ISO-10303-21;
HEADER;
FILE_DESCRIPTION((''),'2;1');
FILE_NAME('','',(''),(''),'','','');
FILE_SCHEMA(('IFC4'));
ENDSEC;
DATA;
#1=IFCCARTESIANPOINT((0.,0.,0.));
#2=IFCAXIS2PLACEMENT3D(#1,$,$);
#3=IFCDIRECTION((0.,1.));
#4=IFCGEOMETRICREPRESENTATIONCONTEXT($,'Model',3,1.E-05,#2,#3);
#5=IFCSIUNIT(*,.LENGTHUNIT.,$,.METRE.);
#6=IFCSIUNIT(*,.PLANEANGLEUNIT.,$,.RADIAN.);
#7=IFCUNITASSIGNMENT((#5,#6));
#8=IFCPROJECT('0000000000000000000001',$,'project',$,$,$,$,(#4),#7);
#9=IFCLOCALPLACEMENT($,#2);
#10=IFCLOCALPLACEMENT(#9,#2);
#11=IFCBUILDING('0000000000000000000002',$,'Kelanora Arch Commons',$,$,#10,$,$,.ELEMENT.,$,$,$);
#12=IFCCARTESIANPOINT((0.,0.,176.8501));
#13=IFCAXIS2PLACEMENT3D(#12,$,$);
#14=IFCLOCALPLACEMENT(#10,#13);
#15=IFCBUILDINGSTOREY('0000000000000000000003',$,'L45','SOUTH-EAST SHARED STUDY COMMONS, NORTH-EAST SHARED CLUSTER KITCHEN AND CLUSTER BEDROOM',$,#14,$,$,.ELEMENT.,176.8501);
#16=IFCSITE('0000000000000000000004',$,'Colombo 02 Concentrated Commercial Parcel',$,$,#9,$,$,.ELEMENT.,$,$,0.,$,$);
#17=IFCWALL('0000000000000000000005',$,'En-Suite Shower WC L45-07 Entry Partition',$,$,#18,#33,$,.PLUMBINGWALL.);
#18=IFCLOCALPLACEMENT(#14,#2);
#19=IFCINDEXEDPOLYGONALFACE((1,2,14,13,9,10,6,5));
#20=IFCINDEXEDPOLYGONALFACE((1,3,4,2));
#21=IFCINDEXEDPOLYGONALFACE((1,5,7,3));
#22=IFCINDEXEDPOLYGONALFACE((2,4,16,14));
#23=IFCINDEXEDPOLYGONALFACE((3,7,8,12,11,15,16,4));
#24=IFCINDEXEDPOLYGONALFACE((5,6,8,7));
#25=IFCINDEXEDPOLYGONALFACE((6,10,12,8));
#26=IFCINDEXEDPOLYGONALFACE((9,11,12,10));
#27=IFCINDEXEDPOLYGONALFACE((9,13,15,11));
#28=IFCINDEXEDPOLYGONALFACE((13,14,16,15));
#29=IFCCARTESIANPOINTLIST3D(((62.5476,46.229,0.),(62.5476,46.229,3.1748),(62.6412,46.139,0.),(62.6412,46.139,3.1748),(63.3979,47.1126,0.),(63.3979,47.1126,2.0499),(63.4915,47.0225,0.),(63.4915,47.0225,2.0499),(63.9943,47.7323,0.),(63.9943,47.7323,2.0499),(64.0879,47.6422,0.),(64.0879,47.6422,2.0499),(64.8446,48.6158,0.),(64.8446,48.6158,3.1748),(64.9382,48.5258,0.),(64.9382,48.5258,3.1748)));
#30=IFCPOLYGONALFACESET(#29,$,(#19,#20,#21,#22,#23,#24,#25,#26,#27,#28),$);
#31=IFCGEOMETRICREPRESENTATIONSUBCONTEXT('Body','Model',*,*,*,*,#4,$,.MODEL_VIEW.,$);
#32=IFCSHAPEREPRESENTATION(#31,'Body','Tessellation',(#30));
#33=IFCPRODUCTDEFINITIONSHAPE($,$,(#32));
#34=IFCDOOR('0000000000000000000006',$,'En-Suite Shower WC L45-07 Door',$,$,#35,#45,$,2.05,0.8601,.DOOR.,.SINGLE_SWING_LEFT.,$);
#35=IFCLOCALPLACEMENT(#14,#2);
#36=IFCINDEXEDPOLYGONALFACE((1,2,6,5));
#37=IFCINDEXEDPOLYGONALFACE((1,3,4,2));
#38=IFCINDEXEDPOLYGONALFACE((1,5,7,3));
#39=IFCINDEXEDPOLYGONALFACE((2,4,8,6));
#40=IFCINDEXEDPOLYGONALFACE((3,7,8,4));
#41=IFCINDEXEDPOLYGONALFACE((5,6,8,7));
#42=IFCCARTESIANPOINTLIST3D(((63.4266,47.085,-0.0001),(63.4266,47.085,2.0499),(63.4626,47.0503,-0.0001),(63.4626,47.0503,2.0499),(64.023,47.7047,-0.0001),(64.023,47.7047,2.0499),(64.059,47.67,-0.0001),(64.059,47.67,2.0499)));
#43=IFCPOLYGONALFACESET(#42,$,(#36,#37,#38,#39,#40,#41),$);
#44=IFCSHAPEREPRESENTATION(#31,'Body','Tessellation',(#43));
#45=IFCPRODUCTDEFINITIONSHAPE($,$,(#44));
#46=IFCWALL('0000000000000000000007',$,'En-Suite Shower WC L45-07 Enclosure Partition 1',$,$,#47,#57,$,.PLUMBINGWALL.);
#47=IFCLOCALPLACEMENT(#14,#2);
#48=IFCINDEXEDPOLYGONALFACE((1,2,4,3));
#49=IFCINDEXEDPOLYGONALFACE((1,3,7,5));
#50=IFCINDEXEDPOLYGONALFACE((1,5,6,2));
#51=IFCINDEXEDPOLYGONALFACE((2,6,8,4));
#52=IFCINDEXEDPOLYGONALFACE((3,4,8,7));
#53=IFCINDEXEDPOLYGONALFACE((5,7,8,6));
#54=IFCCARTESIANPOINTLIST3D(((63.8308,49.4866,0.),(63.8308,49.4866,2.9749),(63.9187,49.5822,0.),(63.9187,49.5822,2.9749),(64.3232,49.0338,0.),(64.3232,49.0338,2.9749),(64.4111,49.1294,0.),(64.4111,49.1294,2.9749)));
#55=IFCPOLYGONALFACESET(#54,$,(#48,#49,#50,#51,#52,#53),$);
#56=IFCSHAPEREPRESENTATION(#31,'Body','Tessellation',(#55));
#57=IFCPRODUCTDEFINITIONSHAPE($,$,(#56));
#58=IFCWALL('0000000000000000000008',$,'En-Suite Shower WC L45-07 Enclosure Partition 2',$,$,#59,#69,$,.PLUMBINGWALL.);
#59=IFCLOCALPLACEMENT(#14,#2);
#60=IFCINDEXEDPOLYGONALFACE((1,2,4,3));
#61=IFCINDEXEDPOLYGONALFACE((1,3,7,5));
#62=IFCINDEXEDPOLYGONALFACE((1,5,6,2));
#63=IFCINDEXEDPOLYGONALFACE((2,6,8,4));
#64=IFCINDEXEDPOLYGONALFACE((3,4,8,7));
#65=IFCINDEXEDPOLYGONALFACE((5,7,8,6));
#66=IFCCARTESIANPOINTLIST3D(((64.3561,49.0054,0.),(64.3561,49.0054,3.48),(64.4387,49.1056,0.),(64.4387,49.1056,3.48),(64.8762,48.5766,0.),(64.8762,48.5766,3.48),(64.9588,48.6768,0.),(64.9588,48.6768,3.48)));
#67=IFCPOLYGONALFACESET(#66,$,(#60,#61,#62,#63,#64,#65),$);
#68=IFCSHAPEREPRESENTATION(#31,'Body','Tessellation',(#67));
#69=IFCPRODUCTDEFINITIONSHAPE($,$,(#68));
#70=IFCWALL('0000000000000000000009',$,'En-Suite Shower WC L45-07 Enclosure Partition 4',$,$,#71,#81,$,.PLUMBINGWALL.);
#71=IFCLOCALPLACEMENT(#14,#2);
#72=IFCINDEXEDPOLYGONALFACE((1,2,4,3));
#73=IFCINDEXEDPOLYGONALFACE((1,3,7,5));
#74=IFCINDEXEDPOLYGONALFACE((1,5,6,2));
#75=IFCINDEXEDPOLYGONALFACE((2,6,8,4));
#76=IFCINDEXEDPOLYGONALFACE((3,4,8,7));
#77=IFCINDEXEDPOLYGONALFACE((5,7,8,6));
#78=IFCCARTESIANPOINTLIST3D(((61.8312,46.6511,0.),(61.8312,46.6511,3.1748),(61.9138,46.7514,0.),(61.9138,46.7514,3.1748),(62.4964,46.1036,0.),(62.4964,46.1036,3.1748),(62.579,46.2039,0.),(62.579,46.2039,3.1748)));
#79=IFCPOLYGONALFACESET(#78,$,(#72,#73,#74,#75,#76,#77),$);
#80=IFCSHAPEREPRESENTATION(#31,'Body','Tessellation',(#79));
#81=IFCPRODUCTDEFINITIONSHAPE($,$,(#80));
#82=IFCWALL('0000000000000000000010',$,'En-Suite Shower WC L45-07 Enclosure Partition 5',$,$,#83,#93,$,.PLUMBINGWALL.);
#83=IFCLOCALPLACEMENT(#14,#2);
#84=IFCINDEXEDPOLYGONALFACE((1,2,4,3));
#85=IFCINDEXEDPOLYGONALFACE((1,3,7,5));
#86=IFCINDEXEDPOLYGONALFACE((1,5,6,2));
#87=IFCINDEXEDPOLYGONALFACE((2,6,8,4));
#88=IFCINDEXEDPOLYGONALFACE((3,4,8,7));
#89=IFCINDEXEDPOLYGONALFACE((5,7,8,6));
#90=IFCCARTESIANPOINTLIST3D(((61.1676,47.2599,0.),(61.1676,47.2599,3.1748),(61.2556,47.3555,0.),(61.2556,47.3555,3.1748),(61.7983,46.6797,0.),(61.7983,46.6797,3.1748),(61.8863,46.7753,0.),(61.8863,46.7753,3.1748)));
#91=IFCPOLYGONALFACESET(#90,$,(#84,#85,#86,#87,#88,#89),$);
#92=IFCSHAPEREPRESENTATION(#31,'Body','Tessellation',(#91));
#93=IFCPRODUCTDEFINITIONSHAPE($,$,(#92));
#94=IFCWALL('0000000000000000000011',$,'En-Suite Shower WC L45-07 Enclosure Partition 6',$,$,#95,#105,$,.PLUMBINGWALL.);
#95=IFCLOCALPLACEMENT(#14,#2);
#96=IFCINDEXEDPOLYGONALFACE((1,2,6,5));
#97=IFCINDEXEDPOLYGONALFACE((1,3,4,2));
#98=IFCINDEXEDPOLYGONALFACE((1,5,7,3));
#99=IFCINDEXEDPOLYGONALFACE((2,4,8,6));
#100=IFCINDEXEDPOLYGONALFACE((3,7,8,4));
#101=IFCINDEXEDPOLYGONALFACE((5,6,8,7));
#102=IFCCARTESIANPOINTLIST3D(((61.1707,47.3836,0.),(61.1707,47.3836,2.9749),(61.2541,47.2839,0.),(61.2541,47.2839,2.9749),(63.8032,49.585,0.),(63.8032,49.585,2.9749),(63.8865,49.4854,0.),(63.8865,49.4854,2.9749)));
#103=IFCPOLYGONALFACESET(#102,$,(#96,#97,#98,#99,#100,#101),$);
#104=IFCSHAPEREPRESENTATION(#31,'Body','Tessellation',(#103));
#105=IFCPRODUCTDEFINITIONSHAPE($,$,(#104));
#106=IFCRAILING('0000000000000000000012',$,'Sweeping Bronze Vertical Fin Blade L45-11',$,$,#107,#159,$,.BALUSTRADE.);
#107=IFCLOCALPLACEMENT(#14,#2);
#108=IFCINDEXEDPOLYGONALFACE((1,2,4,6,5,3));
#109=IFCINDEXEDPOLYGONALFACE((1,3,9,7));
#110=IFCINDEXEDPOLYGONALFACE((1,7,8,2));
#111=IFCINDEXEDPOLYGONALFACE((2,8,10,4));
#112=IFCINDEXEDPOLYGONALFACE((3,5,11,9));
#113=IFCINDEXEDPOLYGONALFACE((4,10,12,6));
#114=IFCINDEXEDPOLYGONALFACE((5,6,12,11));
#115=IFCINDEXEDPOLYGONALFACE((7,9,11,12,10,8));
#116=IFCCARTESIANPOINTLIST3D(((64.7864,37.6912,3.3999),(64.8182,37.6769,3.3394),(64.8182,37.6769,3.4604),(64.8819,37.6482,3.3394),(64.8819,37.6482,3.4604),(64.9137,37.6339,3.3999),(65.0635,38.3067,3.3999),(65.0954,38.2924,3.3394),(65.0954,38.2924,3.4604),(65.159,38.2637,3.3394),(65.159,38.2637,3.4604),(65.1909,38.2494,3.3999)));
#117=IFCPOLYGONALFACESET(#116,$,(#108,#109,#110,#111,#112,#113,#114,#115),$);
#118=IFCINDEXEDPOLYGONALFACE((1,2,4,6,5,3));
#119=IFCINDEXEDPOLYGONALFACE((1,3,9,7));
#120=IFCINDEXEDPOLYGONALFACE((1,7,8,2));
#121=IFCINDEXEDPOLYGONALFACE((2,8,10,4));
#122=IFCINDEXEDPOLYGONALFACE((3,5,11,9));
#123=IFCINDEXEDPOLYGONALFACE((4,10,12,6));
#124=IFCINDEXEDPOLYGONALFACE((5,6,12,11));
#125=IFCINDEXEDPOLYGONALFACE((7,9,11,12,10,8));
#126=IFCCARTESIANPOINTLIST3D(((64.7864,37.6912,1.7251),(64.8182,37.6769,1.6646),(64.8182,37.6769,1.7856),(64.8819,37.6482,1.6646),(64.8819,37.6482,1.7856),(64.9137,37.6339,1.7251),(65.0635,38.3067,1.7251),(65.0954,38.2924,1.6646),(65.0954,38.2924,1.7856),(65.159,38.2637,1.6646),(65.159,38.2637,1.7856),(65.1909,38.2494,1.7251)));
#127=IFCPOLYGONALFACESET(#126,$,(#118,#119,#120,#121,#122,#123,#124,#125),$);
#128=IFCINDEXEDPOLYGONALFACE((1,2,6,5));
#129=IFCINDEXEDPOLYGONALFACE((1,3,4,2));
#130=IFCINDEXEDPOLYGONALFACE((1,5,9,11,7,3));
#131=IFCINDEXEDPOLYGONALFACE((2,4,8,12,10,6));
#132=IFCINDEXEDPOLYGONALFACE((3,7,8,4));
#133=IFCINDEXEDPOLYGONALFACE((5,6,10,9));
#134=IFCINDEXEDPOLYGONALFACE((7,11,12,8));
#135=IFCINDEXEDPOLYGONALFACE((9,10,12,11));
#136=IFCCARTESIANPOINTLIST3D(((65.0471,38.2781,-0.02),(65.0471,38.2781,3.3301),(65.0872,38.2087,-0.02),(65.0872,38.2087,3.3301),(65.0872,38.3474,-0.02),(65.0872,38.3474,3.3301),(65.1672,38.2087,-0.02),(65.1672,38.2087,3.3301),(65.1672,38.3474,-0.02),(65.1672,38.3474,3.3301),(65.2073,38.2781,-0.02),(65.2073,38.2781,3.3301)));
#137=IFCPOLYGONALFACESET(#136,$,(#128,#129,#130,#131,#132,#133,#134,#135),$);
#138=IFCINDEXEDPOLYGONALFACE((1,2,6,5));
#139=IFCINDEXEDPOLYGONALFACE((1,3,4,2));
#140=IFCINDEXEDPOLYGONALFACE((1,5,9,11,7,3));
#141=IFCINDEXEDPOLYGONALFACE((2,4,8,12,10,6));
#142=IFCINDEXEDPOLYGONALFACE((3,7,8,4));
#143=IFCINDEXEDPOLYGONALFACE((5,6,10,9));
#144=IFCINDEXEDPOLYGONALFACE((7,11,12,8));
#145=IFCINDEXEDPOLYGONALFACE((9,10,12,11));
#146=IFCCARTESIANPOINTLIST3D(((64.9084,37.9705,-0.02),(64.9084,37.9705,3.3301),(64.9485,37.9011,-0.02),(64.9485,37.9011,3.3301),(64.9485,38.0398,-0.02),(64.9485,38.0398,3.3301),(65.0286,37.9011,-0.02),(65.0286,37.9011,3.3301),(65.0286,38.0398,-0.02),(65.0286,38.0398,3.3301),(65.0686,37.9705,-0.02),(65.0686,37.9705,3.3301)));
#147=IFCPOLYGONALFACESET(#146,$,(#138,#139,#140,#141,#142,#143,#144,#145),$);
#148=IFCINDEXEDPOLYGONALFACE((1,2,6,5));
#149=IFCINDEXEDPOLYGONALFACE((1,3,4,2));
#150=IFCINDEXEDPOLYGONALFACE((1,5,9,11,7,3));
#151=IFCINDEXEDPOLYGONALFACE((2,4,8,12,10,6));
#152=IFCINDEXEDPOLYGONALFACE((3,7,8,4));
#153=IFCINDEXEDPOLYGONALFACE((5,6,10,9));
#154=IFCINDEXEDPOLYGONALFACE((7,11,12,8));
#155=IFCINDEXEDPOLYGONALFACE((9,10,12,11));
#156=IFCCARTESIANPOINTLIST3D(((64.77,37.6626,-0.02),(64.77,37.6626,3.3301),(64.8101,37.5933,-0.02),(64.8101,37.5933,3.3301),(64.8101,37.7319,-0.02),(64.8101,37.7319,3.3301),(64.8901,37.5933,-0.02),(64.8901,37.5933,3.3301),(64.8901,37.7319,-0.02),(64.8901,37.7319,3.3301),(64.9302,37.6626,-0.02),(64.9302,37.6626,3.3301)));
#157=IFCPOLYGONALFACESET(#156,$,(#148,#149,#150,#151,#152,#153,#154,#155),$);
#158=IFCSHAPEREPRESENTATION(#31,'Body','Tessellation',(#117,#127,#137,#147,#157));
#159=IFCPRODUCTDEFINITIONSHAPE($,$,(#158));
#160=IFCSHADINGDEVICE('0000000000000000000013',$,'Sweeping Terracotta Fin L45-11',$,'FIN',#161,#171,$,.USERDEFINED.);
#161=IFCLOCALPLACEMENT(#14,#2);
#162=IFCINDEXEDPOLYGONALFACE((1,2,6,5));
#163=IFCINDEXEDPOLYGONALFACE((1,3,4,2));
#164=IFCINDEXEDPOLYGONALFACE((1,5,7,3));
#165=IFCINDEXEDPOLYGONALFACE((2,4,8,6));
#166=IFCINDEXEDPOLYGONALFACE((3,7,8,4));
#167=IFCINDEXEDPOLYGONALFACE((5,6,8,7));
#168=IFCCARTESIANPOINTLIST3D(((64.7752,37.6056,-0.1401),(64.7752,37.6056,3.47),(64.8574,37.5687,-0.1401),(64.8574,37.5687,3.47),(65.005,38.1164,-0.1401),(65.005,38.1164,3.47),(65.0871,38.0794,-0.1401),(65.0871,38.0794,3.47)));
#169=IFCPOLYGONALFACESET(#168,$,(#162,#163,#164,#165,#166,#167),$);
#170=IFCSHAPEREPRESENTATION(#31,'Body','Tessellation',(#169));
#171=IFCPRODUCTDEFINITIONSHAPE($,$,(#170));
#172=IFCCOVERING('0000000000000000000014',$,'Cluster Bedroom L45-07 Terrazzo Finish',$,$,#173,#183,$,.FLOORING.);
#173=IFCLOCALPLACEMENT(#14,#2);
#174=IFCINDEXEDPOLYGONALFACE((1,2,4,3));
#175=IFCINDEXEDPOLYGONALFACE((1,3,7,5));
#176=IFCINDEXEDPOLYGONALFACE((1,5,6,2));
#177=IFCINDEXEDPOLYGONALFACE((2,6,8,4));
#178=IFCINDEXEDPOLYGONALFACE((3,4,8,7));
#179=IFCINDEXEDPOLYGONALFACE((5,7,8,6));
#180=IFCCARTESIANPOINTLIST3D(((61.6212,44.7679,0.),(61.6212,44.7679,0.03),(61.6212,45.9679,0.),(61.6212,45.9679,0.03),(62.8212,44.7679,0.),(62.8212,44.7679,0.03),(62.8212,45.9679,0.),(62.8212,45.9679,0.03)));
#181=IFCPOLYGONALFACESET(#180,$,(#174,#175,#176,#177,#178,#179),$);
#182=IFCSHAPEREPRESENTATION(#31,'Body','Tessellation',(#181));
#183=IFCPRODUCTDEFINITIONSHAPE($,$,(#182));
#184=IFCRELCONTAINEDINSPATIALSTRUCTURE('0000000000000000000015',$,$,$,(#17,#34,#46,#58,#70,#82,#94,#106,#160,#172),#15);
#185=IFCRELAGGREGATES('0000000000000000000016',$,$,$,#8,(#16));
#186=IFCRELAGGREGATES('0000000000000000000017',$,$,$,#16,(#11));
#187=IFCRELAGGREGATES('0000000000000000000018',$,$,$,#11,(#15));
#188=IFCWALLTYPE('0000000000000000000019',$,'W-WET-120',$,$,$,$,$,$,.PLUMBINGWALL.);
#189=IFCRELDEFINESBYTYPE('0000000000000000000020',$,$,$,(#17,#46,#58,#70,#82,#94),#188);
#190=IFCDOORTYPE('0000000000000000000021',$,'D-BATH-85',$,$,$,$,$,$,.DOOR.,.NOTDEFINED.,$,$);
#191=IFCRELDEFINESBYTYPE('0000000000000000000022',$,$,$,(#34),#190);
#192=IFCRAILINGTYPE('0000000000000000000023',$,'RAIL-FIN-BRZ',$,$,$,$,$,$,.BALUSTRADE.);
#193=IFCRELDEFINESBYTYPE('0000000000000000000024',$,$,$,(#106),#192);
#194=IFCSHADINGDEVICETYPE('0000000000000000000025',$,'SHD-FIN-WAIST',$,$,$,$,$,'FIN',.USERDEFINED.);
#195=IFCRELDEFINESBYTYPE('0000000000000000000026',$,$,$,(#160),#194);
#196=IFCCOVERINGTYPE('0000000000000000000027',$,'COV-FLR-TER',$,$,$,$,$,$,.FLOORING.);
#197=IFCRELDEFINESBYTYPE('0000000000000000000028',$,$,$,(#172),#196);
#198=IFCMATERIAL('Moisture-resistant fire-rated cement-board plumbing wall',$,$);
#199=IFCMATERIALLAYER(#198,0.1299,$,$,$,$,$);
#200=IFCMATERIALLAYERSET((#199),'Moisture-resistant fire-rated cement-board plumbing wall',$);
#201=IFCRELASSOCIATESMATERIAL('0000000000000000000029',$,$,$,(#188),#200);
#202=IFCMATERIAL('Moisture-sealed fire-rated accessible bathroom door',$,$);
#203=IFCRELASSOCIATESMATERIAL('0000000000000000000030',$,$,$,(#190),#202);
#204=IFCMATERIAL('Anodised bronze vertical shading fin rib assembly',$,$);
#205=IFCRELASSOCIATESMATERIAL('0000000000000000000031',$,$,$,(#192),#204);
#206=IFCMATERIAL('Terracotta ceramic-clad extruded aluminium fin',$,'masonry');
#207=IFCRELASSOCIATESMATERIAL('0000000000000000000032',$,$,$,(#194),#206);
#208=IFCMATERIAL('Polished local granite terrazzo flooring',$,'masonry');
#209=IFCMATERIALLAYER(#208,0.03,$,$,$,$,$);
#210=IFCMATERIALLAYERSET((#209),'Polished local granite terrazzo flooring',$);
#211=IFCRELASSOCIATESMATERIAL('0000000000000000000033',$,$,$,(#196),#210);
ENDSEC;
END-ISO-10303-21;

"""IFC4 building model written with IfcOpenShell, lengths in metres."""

from ifc_helpers import new_model, si_unit, direction, frame, frame_2d, origin, origin_2d, place, context, subcontext, project, spatial, polyline, rectangle, outline, extrude, source, transform, mapped, material, layer, layer_set, type_object, element, fill, save


model = new_model("IFC4")

# Units and contexts
model_context = context("Model", 3, precision=1e-05, world=origin(), true_north=direction((0.0, 1.0)))
body_context = subcontext(model_context, "Body", "Model", "MODEL_VIEW")
ifc_project = project(units=[si_unit("LENGTHUNIT", "METRE"), si_unit("PLANEANGLEUNIT", "RADIAN")], contexts=[model_context])

# Site, building, storey
site_placement = place(None, origin())
site = spatial("IfcSite", under=ifc_project, at=site_placement, Name="Colombo 02 Concentrated Commercial Parcel", CompositionType="ELEMENT", RefElevation=0.0)
building_placement = place(site_placement, origin())
building = spatial("IfcBuilding", under=site, at=building_placement, Name="Kelanora Arch Commons", CompositionType="ELEMENT")
storey_placement = place(building_placement, frame((0.0, 0.0, 176.8501)))
storey = spatial("IfcBuildingStorey", under=building, at=storey_placement, Name="L45", Description="SOUTH-EAST SHARED STUDY COMMONS, NORTH-EAST SHARED CLUSTER KITCHEN AND CLUSTER BEDROOM", CompositionType="ELEMENT", Elevation=176.8501)

# Wall, opening, door
ifc_material_1 = material(Name="Moisture-resistant fire-rated cement-board plumbing wall")
ifc_layer_1 = layer(ifc_material_1, 0.1299)
ifc_layer_set_1 = layer_set([ifc_layer_1], Name="Moisture-resistant fire-rated cement-board plumbing wall")
wall_type_1 = type_object("IfcWallType", Name="W-WET-120", PredefinedType="PLUMBINGWALL", material=ifc_layer_set_1)
wall_1_placement = place(storey_placement, frame((64.8914, 48.5708, 0.0), z_axis=(0.0, 0.0, 1.0), x_axis=(-0.693415, -0.720538, 0.0)))
wall_1 = element("IfcWall", 1, at=wall_1_placement, inside=storey, type_object=wall_type_1, Name="En-Suite Shower WC L45-07 Entry Partition", PredefinedType="PLUMBINGWALL", context=body_context, shape_type="SweptSolid", body=[
    extrude(rectangle(XDim=3.3125, YDim=0.1299, at=frame_2d((1.6562, 0.0))), origin(), (0.0, 0.0, 1.0), 3.1748),
])
opening_1_placement = place(wall_1_placement, frame((1.2261, 0.0, 0.0)))
opening_1 = element("IfcOpeningElement", 2, at=opening_1_placement, cuts=wall_1, PredefinedType="OPENING", context=body_context, shape_type="SweptSolid", body=[
    extrude(rectangle(XDim=0.8601, YDim=2.05, at=frame_2d((0.4302, 1.0249))), frame((0.0, 0.075, 0.0), z_axis=(0.0, -1.0, 0.0), x_axis=(1.0, 0.0, 0.0)), (0.0, 0.0, 1.0), 0.1499),
])
ifc_material_2 = material(Name="Moisture-sealed fire-rated accessible bathroom door")
door_type_1 = type_object("IfcDoorType", Name="D-BATH-85", OperationType="NOTDEFINED", PredefinedType="DOOR", material=ifc_material_2)
door_1_placement = place(opening_1_placement, origin())
door_1 = element("IfcDoor", 3, at=door_1_placement, inside=storey, type_object=door_type_1, Name="En-Suite Shower WC L45-07 Door", OperationType="SINGLE_SWING_LEFT", OverallHeight=2.05, OverallWidth=0.8601, PredefinedType="DOOR", context=body_context, shape_type="SweptSolid", body=[
    extrude(rectangle(XDim=0.8601, YDim=2.05, at=frame_2d((0.4302, 1.0249))), frame((0.0, 0.0249, 0.0), z_axis=(0.0, -1.0, 0.0), x_axis=(1.0, 0.0, 0.0)), (0.0, 0.0, 1.0), 0.05),
])
fill(opening_1, door_1)

# Walls
wall_2_placement = place(storey_placement, frame((63.8748, 49.5344, 0.0), z_axis=(0.0, 0.0, 1.0), x_axis=(0.736047, -0.67693, 0.0)))
element("IfcWall", 4, at=wall_2_placement, inside=storey, type_object=wall_type_1, Name="En-Suite Shower WC L45-07 Enclosure Partition 1", PredefinedType="PLUMBINGWALL", context=body_context, shape_type="SweptSolid", body=[
    extrude(rectangle(XDim=0.6689, YDim=0.1299, at=frame_2d((0.3345, 0.0))), origin(), (0.0, 0.0, 1.0), 2.9749),
])
wall_3_placement = place(storey_placement, frame((64.3975, 49.0554, 0.0), z_axis=(0.0, 0.0, 1.0), x_axis=(0.771596, -0.636113, 0.0)))
element("IfcWall", 5, at=wall_3_placement, inside=storey, type_object=wall_type_1, Name="En-Suite Shower WC L45-07 Enclosure Partition 2", PredefinedType="PLUMBINGWALL", context=body_context, shape_type="SweptSolid", body=[
    extrude(rectangle(XDim=0.6741, YDim=0.1299, at=frame_2d((0.3369, 0.0))), origin(), (0.0, 0.0, 1.0), 3.48),
])
wall_4_placement = place(storey_placement, frame((62.5376, 46.1538, 0.0), z_axis=(0.0, 0.0, 1.0), x_axis=(-0.772086, 0.635519, 0.0)))
element("IfcWall", 6, at=wall_4_placement, inside=storey, type_object=wall_type_1, Name="En-Suite Shower WC L45-07 Enclosure Partition 4", PredefinedType="PLUMBINGWALL", context=body_context, shape_type="SweptSolid", body=[
    extrude(rectangle(XDim=0.8616, YDim=0.1299, at=frame_2d((0.4307, 0.0))), origin(), (0.0, 0.0, 1.0), 3.1748),
])
wall_5_placement = place(storey_placement, frame((61.8423, 46.7275, 0.0), z_axis=(0.0, 0.0, 1.0), x_axis=(-0.735982, 0.677001, 0.0)))
element("IfcWall", 7, at=wall_5_placement, inside=storey, type_object=wall_type_1, Name="En-Suite Shower WC L45-07 Enclosure Partition 5", PredefinedType="PLUMBINGWALL", context=body_context, shape_type="SweptSolid", body=[
    extrude(rectangle(XDim=0.8569, YDim=0.1299, at=frame_2d((0.4285, 0.0))), origin(), (0.0, 0.0, 1.0), 3.1748),
])
wall_6_placement = place(storey_placement, frame((61.2124, 47.3337, 0.0), z_axis=(0.0, 0.0, 1.0), x_axis=(0.7671, 0.641527, 0.0)))
element("IfcWall", 8, at=wall_6_placement, inside=storey, type_object=wall_type_1, Name="En-Suite Shower WC L45-07 Enclosure Partition 6", PredefinedType="PLUMBINGWALL", context=body_context, shape_type="SweptSolid", body=[
    extrude(rectangle(XDim=3.4316, YDim=0.1299, at=frame_2d((1.7158, 0.0))), origin(), (0.0, 0.0, 1.0), 2.9749),
])

# Railing
ifc_material_3 = material(Name="Anodised bronze vertical shading fin rib assembly")
railing_type = type_object("IfcRailingType", Name="RAIL-FIN-BRZ", PredefinedType="BALUSTRADE", material=ifc_material_3)
railing_placement = place(storey_placement, frame((65.1272, 38.2781, -0.02)))
element("IfcRailing", 9, at=railing_placement, inside=storey, type_object=railing_type, Name="Sweeping Bronze Vertical Fin Blade L45-11", PredefinedType="BALUSTRADE", context=body_context, shape_type="SweptSolid", body=[
    extrude(outline(polyline([(0.0698, 0.0), (0.0349, 0.0605), (-0.0349, 0.0605), (-0.0698, 0.0), (-0.0349, -0.0605), (0.0349, -0.0605), (0.0698, 0.0)])), frame((0.0, 0.0, 3.4199), z_axis=(-0.41053, -0.911847, 0.0), x_axis=(0.911847, -0.41053, 0.0)), (0.0, 0.0, 1.0), 0.675),
    extrude(outline(polyline([(0.0698, 0.0), (0.0349, 0.0605), (-0.0349, 0.0605), (-0.0698, 0.0), (-0.0349, -0.0605), (0.0349, -0.0605), (0.0698, 0.0)])), frame((0.0, 0.0, 1.7451), z_axis=(-0.41053, -0.911847, 0.0), x_axis=(0.911847, -0.41053, 0.0)), (0.0, 0.0, 1.0), 0.675),
    extrude(outline(polyline([(0.0801, 0.0), (0.04, 0.0693), (-0.04, 0.0693), (-0.0801, 0.0), (-0.04, -0.0693), (0.04, -0.0693), (0.0801, 0.0)])), origin(), (0.0, 0.0, 1.0), 3.3501),
    extrude(outline(polyline([(0.0801, 0.0), (0.04, 0.0693), (-0.04, 0.0693), (-0.0801, 0.0), (-0.04, -0.0693), (0.04, -0.0693), (0.0801, 0.0)])), frame((-0.1387, -0.3076, 0.0)), (0.0, 0.0, 1.0), 3.3501),
    extrude(outline(polyline([(0.0801, 0.0), (0.04, 0.0693), (-0.04, 0.0693), (-0.0801, 0.0), (-0.04, -0.0693), (0.04, -0.0693), (0.0801, 0.0)])), frame((-0.2771, -0.6155, 0.0)), (0.0, 0.0, 1.0), 3.3501),
])

# Shading device
ifc_material_4 = material(Name="Terracotta ceramic-clad extruded aluminium fin", Category="masonry")
shading_device_type = type_object("IfcShadingDeviceType", Name="SHD-FIN-WAIST", ElementType="FIN", PredefinedType="USERDEFINED", material=ifc_material_4)
shared_shape_1 = source(origin(), body_context, "Body", "SweptSolid", [
    extrude(rectangle(XDim=0.5601, YDim=0.0901, at=origin_2d()), origin(), (0.0, 0.0, 1.0), 3.6101),
])
shading_device_placement = place(storey_placement, frame((64.9312, 37.8425, -0.1401), z_axis=(0.0, 0.0, 1.0), x_axis=(-0.410241, -0.911977, 0.0)))
element("IfcShadingDevice", 10, at=shading_device_placement, inside=storey, type_object=shading_device_type, Name="Sweeping Terracotta Fin L45-11", ObjectType="FIN", PredefinedType="USERDEFINED", context=body_context, shape_type="MappedRepresentation", body=[
    mapped(shared_shape_1, transform((0.0, 0.0, 0.0), scale=1.0)),
])

# Covering
ifc_material_5 = material(Name="Polished local granite terrazzo flooring", Category="masonry")
ifc_layer_2 = layer(ifc_material_5, 0.03)
ifc_layer_set_2 = layer_set([ifc_layer_2], Name="Polished local granite terrazzo flooring")
covering_type = type_object("IfcCoveringType", Name="COV-FLR-TER", PredefinedType="FLOORING", material=ifc_layer_set_2)
shared_shape_2 = source(origin(), body_context, "Body", "SweptSolid", [
    extrude(rectangle(XDim=1.2, YDim=1.2, at=origin_2d()), origin(), (0.0, 0.0, 1.0), 0.03),
])
covering_placement = place(storey_placement, frame((62.2212, 45.3679, 0.0), z_axis=(0.0, 0.0, 1.0), x_axis=(1.0, 0.0, 0.0)))
element("IfcCovering", 11, at=covering_placement, inside=storey, type_object=covering_type, Name="Cluster Bedroom L45-07 Terrazzo Finish", PredefinedType="FLOORING", context=body_context, shape_type="MappedRepresentation", body=[
    mapped(shared_shape_2, transform((0.0, 0.0, 0.0), scale=1.0)),
])

save(model, "model.ifc")
